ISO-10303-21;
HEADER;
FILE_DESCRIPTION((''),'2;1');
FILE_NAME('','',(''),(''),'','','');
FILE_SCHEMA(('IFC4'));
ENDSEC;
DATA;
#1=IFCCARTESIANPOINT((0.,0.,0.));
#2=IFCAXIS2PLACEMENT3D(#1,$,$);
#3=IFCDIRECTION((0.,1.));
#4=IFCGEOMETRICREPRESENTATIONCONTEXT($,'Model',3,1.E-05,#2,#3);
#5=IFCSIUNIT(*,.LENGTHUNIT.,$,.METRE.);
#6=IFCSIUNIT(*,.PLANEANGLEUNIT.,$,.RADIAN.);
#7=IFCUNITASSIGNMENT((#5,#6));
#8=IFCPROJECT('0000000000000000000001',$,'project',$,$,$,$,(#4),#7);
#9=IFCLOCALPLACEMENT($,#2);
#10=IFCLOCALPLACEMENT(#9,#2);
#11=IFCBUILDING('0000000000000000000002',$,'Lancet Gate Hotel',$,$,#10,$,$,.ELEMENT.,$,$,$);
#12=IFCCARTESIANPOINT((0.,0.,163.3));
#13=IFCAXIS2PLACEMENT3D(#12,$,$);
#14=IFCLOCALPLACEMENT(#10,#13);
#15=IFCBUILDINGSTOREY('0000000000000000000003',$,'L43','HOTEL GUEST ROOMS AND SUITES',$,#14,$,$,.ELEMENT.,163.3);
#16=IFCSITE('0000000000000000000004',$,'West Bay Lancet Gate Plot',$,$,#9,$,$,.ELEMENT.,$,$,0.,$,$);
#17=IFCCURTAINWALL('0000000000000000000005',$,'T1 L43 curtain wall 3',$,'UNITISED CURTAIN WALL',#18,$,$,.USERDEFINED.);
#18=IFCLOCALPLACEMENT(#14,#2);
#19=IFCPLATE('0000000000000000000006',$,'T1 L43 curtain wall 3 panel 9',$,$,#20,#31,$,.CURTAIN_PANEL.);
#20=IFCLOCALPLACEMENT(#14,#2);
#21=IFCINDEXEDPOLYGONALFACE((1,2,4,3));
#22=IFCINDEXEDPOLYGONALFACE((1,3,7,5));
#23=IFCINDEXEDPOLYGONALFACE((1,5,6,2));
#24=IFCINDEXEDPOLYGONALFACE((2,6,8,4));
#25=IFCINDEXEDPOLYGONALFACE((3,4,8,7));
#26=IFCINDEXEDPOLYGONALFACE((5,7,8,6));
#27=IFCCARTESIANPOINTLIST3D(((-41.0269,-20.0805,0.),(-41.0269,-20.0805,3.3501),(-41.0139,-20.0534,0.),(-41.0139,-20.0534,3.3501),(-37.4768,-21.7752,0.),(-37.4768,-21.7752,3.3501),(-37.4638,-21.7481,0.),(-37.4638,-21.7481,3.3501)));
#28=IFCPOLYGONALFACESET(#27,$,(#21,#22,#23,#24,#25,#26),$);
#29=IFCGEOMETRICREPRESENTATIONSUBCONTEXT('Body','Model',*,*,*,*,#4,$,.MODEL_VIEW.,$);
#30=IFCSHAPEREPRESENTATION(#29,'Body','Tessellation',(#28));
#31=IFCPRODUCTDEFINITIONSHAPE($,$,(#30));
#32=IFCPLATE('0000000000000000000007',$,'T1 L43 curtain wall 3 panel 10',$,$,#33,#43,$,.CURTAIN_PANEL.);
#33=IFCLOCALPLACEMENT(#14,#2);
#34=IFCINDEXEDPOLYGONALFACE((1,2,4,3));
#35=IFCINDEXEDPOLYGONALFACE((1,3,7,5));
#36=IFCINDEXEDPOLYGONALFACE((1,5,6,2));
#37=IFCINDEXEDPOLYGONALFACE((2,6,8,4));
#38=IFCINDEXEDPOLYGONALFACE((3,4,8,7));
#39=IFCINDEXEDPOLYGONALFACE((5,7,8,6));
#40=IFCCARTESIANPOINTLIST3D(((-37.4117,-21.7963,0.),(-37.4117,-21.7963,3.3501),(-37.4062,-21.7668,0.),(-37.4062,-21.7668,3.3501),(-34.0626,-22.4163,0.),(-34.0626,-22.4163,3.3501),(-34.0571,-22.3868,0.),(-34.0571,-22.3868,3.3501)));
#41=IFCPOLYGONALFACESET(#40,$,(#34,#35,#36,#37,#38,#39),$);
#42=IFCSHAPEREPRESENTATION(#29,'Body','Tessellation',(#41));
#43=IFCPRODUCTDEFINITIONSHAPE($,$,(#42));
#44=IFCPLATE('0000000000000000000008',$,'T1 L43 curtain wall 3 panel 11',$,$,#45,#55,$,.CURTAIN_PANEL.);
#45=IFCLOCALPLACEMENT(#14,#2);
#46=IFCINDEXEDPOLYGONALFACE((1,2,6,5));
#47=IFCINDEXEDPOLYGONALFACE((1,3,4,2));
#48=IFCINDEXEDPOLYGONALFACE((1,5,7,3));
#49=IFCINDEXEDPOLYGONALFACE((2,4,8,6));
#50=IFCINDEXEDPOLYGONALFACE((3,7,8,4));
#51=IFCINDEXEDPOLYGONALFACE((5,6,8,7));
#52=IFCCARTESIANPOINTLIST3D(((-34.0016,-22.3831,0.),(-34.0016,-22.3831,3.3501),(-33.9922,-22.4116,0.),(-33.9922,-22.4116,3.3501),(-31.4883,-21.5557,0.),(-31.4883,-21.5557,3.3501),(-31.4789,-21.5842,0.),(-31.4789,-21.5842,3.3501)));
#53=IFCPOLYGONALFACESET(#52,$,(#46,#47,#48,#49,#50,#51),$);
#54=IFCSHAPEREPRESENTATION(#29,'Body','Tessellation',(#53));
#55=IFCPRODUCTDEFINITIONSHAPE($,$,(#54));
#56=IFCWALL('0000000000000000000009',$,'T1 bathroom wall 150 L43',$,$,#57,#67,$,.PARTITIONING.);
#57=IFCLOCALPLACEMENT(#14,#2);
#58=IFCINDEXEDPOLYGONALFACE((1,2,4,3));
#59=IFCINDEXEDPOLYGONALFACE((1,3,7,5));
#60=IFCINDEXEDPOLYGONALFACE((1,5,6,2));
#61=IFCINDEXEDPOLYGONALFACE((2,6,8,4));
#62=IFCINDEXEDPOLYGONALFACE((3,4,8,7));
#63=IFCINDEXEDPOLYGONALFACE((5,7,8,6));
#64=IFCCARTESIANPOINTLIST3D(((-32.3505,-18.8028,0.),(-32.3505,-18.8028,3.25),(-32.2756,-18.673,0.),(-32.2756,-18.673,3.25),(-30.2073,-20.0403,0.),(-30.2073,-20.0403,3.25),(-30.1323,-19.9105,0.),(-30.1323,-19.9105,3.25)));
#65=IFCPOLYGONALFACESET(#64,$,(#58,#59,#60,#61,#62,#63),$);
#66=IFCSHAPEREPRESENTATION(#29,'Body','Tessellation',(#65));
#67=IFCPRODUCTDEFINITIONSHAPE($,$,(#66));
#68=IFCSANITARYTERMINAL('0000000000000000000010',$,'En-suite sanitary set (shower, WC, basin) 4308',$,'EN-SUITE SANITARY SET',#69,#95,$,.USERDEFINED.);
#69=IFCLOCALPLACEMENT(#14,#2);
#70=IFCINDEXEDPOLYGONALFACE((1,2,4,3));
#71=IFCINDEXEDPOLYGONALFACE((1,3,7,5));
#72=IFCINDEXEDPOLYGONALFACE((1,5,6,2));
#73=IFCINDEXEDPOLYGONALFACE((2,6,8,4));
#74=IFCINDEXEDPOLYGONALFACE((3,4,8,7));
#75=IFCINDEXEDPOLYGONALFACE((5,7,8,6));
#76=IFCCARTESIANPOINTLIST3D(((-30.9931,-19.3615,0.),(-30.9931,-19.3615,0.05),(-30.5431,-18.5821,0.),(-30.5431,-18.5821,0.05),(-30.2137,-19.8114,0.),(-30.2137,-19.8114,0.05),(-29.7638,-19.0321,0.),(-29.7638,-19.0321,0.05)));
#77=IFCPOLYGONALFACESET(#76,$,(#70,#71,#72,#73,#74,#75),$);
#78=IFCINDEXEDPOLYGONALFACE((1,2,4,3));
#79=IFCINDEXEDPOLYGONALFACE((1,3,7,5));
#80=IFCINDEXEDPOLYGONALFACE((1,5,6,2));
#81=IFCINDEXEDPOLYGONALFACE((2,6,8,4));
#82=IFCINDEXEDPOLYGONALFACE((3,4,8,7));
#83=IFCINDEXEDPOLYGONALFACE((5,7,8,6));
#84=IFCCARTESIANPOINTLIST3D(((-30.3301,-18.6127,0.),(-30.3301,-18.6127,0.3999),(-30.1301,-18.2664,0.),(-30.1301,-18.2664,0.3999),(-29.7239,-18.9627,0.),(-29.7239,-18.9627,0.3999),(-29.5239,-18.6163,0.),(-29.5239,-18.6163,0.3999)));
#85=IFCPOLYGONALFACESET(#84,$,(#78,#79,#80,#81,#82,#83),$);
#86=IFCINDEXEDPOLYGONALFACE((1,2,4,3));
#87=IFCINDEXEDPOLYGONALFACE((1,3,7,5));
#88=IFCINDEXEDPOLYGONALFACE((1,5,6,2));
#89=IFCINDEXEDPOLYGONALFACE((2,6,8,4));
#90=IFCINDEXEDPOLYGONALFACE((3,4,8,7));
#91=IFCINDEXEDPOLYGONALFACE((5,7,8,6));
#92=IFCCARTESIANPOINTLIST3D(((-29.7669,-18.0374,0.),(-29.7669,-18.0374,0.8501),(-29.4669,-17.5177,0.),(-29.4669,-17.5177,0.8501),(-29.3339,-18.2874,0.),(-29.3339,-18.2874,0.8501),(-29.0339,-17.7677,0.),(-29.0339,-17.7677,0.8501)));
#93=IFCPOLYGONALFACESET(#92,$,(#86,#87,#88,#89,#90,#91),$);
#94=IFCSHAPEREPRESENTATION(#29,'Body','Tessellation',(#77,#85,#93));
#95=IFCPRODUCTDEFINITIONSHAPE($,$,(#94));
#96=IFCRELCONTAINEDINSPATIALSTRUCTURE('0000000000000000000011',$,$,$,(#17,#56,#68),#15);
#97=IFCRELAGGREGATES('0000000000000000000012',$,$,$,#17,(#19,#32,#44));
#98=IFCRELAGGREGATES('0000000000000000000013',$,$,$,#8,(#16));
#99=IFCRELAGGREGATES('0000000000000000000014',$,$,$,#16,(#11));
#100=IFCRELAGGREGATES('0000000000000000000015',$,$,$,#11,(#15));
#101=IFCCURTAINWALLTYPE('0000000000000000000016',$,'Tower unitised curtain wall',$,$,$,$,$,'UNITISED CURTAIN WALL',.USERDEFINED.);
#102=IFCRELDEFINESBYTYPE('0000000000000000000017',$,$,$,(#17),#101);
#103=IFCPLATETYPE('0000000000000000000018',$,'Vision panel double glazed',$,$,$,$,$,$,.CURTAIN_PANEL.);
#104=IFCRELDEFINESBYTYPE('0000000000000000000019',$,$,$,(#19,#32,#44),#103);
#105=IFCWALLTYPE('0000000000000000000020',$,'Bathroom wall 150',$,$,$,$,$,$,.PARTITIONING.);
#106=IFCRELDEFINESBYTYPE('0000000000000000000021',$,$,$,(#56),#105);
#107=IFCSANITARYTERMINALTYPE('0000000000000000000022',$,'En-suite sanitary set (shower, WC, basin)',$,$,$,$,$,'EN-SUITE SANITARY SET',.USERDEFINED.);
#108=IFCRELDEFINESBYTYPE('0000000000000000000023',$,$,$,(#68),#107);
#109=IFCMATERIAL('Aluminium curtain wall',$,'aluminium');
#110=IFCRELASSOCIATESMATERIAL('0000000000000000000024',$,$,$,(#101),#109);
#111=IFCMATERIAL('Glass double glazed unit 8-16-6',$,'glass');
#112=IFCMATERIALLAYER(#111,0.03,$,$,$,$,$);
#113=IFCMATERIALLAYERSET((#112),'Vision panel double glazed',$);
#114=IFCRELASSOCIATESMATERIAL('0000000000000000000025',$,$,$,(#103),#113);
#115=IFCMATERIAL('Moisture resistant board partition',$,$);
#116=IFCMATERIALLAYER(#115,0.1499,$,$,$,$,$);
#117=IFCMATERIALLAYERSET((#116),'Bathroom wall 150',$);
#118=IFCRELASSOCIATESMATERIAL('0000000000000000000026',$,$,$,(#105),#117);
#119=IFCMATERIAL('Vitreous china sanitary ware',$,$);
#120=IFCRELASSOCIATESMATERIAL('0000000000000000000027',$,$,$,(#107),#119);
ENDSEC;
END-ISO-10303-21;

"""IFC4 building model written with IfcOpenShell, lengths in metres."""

from ifc_helpers import new_model, si_unit, direction, frame, frame_2d, origin, origin_2d, place, context, subcontext, project, spatial, rectangle, extrude, material, layer, layer_set, type_object, element, aggregate, save


model = new_model("IFC4")

# Units and contexts
model_context = context("Model", 3, precision=1e-05, world=origin(), true_north=direction((0.0, 1.0)))
body_context = subcontext(model_context, "Body", "Model", "MODEL_VIEW")
ifc_project = project(units=[si_unit("LENGTHUNIT", "METRE"), si_unit("PLANEANGLEUNIT", "RADIAN")], contexts=[model_context])

# Site, building, storey
site_placement = place(None, origin())
site = spatial("IfcSite", under=ifc_project, at=site_placement, Name="West Bay Lancet Gate Plot", CompositionType="ELEMENT", RefElevation=0.0)
building_placement = place(site_placement, origin())
building = spatial("IfcBuilding", under=site, at=building_placement, Name="Lancet Gate Hotel", CompositionType="ELEMENT")
storey_placement = place(building_placement, frame((0.0, 0.0, 163.3)))
storey = spatial("IfcBuildingStorey", under=building, at=storey_placement, Name="L43", Description="HOTEL GUEST ROOMS AND SUITES", CompositionType="ELEMENT", Elevation=163.3)

# Curtain wall
ifc_material_1 = material(Name="Aluminium curtain wall", Category="aluminium")
curtain_wall_type = type_object("IfcCurtainWallType", Name="Tower unitised curtain wall", ElementType="UNITISED CURTAIN WALL", PredefinedType="USERDEFINED", material=ifc_material_1)
curtain_wall_1_placement = place(storey_placement, origin())
curtain_wall_1 = element("IfcCurtainWall", 1, at=curtain_wall_1_placement, inside=storey, type_object=curtain_wall_type, Name="T1 L43 curtain wall 3", ObjectType="UNITISED CURTAIN WALL", PredefinedType="USERDEFINED")

# Plates
ifc_material_2 = material(Name="Glass double glazed unit 8-16-6", Category="glass")
ifc_layer_1 = layer(ifc_material_2, 0.03)
ifc_layer_set_1 = layer_set([ifc_layer_1], Name="Vision panel double glazed")
plate_type = type_object("IfcPlateType", Name="Vision panel double glazed", PredefinedType="CURTAIN_PANEL", material=ifc_layer_set_1)
plate_1_placement = place(storey_placement, frame((-39.2454, -20.9143, 0.0), z_axis=(0.0, 0.0, 1.0), x_axis=(0.902454, -0.430787, 0.0)))
plate_1 = element("IfcPlate", 2, at=plate_1_placement, type_object=plate_type, Name="T1 L43 curtain wall 3 panel 9", PredefinedType="CURTAIN_PANEL", context=body_context, shape_type="SweptSolid", body=[
    extrude(rectangle(XDim=3.9338, YDim=0.03, at=origin_2d()), origin(), (0.0, 0.0, 1.0), 3.3501),
])
plate_2_placement = place(storey_placement, frame((-35.7344, -22.0916, 0.0), z_axis=(0.0, 0.0, 1.0), x_axis=(0.983292, -0.182033, 0.0)))
plate_2 = element("IfcPlate", 3, at=plate_2_placement, type_object=plate_type, Name="T1 L43 curtain wall 3 panel 10", PredefinedType="CURTAIN_PANEL", context=body_context, shape_type="SweptSolid", body=[
    extrude(rectangle(XDim=3.406, YDim=0.03, at=origin_2d()), origin(), (0.0, 0.0, 1.0), 3.3501),
])
plate_3_placement = place(storey_placement, frame((-32.7402, -21.9836, 0.0), z_axis=(0.0, 0.0, 1.0), x_axis=(0.949848, 0.312712, 0.0)))
plate_3 = element("IfcPlate", 4, at=plate_3_placement, type_object=plate_type, Name="T1 L43 curtain wall 3 panel 11", PredefinedType="CURTAIN_PANEL", context=body_context, shape_type="SweptSolid", body=[
    extrude(rectangle(XDim=2.646, YDim=0.03, at=origin_2d()), origin(), (0.0, 0.0, 1.0), 3.3501),
])
aggregate(curtain_wall_1, [plate_1, plate_2, plate_3])

# Wall
ifc_material_3 = material(Name="Moisture resistant board partition")
ifc_layer_2 = layer(ifc_material_3, 0.1499)
ifc_layer_set_2 = layer_set([ifc_layer_2], Name="Bathroom wall 150")
wall_type = type_object("IfcWallType", Name="Bathroom wall 150", PredefinedType="PARTITIONING", material=ifc_layer_set_2)
wall_placement = place(storey_placement, frame((-30.1699, -19.9753, 0.0), z_axis=(0.0, 0.0, 1.0), x_axis=(-0.866007, 0.500033, 0.0)))
element("IfcWall", 5, at=wall_placement, inside=storey, type_object=wall_type, Name="T1 bathroom wall 150 L43", PredefinedType="PARTITIONING", context=body_context, shape_type="SweptSolid", body=[
    extrude(rectangle(XDim=2.4749, YDim=0.1499, at=frame_2d((1.2373, 0.0))), origin(), (0.0, 0.0, 1.0), 3.25),
])

# Sanitary terminal
ifc_material_4 = material(Name="Vitreous china sanitary ware")
sanitary_terminal_type = type_object("IfcSanitaryTerminalType", Name="En-suite sanitary set (shower, WC, basin)", ElementType="EN-SUITE SANITARY SET", PredefinedType="USERDEFINED", material=ifc_material_4)
sanitary_terminal_placement = place(storey_placement, frame((-30.3784, -19.1968, 0.0), z_axis=(0.0, 0.0, 1.0), x_axis=(1.0, 0.0, 0.0)))
element("IfcSanitaryTerminal", 6, at=sanitary_terminal_placement, inside=storey, type_object=sanitary_terminal_type, Name="En-suite sanitary set (shower, WC, basin) 4308", ObjectType="EN-SUITE SANITARY SET", PredefinedType="USERDEFINED", context=body_context, shape_type="SweptSolid", body=[
    extrude(rectangle(XDim=0.8999, YDim=0.8999, at=origin_2d()), frame((0.0, 0.0, 0.0), z_axis=(0.0, 0.0, 1.0), x_axis=(-0.5, -0.866025, 0.0)), (0.0, 0.0, 1.0), 0.05),
    extrude(rectangle(XDim=0.3999, YDim=0.7, at=origin_2d()), frame((0.4514, 0.5823, 0.0), z_axis=(0.0, 0.0, 1.0), x_axis=(-0.5, -0.866025, 0.0)), (0.0, 0.0, 1.0), 0.3999),
    extrude(rectangle(XDim=0.6001, YDim=0.5, at=origin_2d()), frame((0.978, 1.2942, 0.0), z_axis=(0.0, 0.0, 1.0), x_axis=(-0.5, -0.866025, 0.0)), (0.0, 0.0, 1.0), 0.8501),
])

save(model, "model.ifc")
